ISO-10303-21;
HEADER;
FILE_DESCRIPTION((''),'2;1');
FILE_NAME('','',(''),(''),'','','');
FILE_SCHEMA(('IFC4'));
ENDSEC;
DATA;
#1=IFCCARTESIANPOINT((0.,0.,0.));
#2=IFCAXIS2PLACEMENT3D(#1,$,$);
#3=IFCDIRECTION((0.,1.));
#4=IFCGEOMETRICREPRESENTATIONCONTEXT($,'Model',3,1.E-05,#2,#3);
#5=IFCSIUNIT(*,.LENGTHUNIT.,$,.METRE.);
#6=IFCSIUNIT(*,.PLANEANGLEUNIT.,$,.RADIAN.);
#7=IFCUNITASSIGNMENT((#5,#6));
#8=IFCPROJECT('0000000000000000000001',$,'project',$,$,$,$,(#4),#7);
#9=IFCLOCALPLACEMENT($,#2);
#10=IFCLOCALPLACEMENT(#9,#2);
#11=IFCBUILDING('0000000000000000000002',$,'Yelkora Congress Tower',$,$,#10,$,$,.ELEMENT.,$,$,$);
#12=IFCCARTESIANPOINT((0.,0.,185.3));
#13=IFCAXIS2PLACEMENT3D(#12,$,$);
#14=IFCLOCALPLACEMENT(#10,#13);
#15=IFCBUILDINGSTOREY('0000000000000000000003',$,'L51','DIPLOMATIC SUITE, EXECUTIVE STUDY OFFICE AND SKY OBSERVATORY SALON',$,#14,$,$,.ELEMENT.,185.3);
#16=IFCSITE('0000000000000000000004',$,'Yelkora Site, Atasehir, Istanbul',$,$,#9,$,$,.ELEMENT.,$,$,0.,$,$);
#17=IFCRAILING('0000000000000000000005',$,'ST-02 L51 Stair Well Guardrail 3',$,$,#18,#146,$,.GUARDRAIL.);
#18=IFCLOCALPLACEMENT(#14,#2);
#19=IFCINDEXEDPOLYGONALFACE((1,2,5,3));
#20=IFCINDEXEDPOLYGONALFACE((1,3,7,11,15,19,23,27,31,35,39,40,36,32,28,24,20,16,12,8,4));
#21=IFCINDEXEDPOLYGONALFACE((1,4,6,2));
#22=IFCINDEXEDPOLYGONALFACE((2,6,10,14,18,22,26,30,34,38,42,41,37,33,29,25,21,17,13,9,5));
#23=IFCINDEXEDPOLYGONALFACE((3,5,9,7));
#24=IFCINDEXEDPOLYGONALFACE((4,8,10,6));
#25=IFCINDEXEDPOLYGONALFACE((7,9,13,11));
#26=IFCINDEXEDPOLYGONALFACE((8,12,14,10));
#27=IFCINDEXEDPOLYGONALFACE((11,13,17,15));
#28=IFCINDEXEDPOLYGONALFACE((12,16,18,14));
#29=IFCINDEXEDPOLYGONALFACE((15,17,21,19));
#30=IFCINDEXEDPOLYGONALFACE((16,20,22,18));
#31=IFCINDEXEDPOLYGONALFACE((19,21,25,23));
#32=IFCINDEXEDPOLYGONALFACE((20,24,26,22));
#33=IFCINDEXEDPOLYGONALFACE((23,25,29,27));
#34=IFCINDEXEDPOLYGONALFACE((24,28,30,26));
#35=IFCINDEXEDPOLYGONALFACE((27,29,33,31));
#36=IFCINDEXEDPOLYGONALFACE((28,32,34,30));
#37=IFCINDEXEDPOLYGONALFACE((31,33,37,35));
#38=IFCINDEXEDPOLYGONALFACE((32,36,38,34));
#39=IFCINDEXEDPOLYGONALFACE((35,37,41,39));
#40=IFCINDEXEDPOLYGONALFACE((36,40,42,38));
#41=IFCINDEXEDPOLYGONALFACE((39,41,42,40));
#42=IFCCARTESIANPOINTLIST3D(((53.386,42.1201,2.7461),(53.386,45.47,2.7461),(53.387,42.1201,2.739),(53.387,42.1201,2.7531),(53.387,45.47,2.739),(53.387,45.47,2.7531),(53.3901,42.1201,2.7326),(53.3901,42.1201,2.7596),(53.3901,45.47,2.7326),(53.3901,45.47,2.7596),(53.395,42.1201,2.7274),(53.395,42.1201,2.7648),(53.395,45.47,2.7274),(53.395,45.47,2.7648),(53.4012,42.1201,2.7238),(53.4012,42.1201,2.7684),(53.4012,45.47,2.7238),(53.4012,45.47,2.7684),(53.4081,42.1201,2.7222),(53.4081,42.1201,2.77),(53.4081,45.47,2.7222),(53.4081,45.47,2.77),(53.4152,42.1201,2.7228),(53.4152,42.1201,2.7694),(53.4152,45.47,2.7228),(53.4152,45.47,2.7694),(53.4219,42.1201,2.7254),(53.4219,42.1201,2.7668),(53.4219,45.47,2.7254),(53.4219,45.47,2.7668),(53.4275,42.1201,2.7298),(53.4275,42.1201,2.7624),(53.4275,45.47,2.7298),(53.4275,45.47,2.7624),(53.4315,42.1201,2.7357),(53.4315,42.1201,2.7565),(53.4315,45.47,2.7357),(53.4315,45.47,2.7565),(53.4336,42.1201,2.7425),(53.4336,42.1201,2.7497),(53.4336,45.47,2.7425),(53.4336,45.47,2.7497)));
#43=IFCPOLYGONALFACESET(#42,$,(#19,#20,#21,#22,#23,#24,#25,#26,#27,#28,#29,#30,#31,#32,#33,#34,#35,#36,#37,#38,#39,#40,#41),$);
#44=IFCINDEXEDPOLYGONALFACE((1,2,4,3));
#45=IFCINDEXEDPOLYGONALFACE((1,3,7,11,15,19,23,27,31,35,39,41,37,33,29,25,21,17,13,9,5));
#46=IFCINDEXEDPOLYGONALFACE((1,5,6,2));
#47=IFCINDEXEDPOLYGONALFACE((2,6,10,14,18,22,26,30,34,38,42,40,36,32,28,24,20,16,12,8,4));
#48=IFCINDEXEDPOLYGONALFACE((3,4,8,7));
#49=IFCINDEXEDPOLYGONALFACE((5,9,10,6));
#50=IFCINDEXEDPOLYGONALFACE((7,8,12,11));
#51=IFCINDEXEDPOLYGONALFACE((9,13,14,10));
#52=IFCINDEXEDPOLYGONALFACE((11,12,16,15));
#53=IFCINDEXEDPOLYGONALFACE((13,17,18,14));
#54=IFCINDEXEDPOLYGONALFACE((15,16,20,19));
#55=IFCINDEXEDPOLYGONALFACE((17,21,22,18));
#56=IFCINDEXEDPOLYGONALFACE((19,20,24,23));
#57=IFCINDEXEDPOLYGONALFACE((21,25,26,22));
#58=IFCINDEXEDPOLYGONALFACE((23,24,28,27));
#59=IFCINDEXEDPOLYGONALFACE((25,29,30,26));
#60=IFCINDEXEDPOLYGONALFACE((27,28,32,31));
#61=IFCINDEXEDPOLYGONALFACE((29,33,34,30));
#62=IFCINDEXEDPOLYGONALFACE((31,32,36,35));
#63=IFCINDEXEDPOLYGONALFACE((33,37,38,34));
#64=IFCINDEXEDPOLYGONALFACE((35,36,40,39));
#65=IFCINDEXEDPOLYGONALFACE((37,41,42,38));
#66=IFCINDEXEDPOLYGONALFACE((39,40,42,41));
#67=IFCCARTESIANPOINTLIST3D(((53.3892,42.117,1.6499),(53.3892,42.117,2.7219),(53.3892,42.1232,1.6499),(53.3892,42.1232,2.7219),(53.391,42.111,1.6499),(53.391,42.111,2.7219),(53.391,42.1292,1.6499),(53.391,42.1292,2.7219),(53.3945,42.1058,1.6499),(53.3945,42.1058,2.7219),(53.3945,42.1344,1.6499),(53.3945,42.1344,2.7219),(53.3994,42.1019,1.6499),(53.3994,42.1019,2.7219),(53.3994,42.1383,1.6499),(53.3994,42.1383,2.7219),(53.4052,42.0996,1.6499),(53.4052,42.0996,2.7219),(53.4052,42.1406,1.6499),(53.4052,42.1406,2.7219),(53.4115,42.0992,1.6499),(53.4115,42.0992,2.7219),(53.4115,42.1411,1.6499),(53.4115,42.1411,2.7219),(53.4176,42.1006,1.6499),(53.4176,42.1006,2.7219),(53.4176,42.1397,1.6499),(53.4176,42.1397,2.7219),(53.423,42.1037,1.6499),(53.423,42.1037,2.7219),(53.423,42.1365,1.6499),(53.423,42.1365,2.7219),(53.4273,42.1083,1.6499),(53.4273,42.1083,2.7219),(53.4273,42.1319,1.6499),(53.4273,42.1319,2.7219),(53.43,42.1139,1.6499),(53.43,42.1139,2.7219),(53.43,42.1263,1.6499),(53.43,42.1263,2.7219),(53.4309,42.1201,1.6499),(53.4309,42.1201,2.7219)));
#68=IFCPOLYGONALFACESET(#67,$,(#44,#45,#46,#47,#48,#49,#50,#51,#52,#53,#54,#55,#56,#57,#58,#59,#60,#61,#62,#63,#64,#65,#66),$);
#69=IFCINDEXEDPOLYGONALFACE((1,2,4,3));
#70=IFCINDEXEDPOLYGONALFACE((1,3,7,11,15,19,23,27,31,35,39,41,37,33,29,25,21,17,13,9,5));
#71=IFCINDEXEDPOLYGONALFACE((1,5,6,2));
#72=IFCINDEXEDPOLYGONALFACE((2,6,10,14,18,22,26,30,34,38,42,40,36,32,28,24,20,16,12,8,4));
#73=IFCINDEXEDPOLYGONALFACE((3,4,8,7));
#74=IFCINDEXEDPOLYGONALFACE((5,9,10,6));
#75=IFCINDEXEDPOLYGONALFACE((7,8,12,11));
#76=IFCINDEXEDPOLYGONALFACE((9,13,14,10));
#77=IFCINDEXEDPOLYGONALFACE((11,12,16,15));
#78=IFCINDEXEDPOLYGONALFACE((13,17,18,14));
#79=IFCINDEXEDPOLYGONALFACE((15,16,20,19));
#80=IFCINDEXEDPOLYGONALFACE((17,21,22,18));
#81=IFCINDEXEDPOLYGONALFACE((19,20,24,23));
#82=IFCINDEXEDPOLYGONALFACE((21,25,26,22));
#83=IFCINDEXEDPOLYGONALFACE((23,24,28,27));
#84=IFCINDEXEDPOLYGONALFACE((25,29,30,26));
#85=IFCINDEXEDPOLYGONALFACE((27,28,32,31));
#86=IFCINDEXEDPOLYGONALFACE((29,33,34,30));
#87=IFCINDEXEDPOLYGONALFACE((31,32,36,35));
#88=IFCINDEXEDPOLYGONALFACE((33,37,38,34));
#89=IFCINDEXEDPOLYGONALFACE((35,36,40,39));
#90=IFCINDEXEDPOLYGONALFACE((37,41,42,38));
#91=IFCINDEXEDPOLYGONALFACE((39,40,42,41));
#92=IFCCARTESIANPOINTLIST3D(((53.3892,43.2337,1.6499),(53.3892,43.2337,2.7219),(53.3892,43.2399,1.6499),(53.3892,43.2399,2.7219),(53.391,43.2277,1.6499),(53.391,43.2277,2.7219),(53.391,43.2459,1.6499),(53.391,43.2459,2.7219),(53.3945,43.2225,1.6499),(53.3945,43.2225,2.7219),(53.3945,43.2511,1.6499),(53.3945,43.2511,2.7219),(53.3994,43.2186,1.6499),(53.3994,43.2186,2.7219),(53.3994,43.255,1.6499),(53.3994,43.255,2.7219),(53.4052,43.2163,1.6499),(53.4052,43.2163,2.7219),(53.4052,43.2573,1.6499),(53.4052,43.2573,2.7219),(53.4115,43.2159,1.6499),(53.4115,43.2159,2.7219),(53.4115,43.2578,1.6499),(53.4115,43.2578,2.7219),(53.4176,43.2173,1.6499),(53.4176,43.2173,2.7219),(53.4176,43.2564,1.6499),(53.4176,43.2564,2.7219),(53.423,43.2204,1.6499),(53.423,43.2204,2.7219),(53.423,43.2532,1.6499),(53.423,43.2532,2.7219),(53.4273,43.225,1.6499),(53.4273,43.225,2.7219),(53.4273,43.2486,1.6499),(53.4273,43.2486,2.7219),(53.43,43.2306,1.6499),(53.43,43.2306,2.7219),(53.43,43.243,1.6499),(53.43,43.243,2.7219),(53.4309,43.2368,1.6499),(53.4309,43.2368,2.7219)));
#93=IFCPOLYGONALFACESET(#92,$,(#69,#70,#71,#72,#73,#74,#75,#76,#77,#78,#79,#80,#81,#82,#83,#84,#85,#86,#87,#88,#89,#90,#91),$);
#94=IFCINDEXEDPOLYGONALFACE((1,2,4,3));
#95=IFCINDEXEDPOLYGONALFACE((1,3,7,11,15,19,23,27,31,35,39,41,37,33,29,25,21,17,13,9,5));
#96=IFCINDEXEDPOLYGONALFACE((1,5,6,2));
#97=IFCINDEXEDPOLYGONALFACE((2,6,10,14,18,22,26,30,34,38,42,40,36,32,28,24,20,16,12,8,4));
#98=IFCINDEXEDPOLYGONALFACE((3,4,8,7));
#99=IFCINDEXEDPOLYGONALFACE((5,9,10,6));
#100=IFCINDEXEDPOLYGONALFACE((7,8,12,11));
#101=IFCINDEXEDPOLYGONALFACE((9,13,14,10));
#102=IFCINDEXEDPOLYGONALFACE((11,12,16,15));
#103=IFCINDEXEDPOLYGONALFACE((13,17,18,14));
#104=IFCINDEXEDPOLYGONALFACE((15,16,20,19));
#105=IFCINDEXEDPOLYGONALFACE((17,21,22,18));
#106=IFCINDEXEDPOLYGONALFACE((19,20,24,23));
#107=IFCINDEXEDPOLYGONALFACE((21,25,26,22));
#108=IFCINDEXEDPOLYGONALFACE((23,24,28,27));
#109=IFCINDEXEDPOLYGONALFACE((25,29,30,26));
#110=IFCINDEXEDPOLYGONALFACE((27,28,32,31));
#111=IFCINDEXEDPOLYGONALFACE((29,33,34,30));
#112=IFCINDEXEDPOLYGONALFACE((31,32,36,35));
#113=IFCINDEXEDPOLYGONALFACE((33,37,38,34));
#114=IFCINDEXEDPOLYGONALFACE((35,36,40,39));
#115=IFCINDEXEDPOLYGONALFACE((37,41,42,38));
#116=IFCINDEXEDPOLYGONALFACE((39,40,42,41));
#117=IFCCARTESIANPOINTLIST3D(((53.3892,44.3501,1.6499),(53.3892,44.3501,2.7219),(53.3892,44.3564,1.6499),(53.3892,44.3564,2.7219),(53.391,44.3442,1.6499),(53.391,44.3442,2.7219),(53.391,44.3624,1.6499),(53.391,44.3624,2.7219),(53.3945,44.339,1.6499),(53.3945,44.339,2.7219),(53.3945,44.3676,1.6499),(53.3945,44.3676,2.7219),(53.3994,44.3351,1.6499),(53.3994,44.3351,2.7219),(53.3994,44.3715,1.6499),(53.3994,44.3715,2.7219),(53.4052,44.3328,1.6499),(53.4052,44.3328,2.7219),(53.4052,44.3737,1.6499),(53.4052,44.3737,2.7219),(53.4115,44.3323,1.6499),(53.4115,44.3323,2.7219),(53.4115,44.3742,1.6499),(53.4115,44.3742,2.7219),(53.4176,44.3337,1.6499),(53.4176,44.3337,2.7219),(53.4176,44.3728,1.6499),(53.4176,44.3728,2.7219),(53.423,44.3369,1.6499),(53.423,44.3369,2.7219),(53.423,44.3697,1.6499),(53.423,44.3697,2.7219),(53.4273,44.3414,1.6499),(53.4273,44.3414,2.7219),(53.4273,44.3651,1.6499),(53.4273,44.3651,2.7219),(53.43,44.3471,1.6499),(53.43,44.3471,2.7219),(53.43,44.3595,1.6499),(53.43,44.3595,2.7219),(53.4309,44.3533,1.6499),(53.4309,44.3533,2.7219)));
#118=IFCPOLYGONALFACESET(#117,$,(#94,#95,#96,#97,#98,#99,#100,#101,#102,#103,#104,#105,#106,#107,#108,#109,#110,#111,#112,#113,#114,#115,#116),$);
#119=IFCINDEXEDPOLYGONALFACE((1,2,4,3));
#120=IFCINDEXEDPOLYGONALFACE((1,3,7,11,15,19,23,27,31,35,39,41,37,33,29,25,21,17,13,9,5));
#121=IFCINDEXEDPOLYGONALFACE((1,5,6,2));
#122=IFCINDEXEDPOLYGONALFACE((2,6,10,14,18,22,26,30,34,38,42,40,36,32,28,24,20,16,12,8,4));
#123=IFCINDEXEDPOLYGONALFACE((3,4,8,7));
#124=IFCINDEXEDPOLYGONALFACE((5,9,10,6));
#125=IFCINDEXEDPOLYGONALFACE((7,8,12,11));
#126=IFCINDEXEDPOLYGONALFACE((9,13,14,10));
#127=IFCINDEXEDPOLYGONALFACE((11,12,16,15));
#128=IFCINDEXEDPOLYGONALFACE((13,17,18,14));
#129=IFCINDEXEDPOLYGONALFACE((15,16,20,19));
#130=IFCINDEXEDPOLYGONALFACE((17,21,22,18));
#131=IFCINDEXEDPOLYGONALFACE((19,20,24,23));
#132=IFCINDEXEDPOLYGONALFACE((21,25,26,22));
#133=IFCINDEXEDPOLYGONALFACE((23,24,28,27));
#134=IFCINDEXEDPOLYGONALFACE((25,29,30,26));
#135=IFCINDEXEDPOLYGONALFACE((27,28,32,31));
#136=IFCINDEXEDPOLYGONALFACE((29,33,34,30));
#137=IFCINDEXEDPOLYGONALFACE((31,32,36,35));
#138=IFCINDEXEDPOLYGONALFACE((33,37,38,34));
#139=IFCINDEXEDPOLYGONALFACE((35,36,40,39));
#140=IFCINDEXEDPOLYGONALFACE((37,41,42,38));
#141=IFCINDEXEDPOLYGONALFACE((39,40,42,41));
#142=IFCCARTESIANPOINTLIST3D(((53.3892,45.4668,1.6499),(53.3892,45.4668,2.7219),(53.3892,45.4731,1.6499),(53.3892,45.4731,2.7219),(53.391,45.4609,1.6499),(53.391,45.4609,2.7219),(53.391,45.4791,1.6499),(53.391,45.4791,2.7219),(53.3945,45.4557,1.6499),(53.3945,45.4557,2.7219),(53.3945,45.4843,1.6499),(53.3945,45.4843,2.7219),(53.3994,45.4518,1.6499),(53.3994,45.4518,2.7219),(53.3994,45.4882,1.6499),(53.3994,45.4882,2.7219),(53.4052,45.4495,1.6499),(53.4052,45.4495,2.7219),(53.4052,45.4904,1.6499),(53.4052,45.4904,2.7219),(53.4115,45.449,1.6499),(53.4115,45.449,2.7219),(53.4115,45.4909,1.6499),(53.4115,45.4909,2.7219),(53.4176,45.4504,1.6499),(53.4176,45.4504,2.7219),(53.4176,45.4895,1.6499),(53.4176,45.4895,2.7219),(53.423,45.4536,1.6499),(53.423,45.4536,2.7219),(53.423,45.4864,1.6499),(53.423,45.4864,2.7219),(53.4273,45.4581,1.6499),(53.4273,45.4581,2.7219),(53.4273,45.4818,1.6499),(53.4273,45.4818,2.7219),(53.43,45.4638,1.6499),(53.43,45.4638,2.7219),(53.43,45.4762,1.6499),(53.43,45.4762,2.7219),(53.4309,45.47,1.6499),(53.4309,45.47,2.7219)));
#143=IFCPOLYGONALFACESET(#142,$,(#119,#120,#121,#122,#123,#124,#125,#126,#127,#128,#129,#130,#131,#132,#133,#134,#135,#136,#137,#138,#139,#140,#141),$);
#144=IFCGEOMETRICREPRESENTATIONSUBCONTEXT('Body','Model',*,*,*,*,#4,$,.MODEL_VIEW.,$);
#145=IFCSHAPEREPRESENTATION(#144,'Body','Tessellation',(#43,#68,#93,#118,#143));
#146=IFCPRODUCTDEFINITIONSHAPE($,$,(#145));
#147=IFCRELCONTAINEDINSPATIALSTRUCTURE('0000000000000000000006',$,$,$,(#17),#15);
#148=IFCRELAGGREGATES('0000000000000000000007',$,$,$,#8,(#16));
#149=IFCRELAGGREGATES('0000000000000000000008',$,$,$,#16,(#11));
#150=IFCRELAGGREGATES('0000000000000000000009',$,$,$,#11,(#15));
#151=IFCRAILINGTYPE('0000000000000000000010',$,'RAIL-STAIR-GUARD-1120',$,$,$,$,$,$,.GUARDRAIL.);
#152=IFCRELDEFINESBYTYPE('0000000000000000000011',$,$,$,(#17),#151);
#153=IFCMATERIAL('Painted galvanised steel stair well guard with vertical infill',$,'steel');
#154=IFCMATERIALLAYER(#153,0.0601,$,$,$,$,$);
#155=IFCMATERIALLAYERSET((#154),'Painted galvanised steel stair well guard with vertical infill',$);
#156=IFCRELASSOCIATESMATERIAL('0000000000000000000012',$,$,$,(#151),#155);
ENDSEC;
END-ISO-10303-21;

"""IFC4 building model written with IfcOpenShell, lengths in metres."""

from ifc_helpers import new_model, si_unit, direction, frame, origin, origin_2d, place, context, subcontext, project, spatial, circle, extrude, material, layer, layer_set, type_object, element, save


model = new_model("IFC4")

# Units and contexts
model_context = context("Model", 3, precision=1e-05, world=origin(), true_north=direction((0.0, 1.0)))
body_context = subcontext(model_context, "Body", "Model", "MODEL_VIEW")
ifc_project = project(units=[si_unit("LENGTHUNIT", "METRE"), si_unit("PLANEANGLEUNIT", "RADIAN")], contexts=[model_context])

# Site, building, storey
site_placement = place(None, origin())
site = spatial("IfcSite", under=ifc_project, at=site_placement, Name="Yelkora Site, Atasehir, Istanbul", CompositionType="ELEMENT", RefElevation=0.0)
building_placement = place(site_placement, origin())
building = spatial("IfcBuilding", under=site, at=building_placement, Name="Yelkora Congress Tower", CompositionType="ELEMENT")
storey_placement = place(building_placement, frame((0.0, 0.0, 185.3)))
storey = spatial("IfcBuildingStorey", under=building, at=storey_placement, Name="L51", Description="DIPLOMATIC SUITE, EXECUTIVE STUDY OFFICE AND SKY OBSERVATORY SALON", CompositionType="ELEMENT", Elevation=185.3)

# Railing
ifc_material_1 = material(Name="Painted galvanised steel stair well guard with vertical infill", Category="steel")
ifc_layer_1 = layer(ifc_material_1, 0.0601)
ifc_layer_set_1 = layer_set([ifc_layer_1], Name="Painted galvanised steel stair well guard with vertical infill")
railing_type_1 = type_object("IfcRailingType", Name="RAIL-STAIR-GUARD-1120", PredefinedType="GUARDRAIL", material=ifc_layer_set_1)
for number, where, name in (
    (1, (53.4099, 42.1201, 1.6499), "ST-02 L51 Stair Well Guardrail 3"),
):
    element("IfcRailing", number, at=place(storey_placement, frame(where)), inside=storey, type_object=railing_type_1, Name=name, PredefinedType="GUARDRAIL", context=body_context, shape_type="SweptSolid", body=[
        extrude(circle(Radius=0.0239, at=origin_2d()), frame((0.0, 0.0, 1.0962), z_axis=(0.0, 1.0, 0.0), x_axis=(-1.0, 0.0, 0.0)), (0.0, 0.0, 1.0), 3.3499),
        extrude(circle(Radius=0.021, at=origin_2d()), origin(), (0.0, 0.0, 1.0), 1.072),
        extrude(circle(Radius=0.021, at=origin_2d()), frame((0.0, 1.1167, 0.0)), (0.0, 0.0, 1.0), 1.072),
        extrude(circle(Radius=0.021, at=origin_2d()), frame((0.0, 2.2332, 0.0)), (0.0, 0.0, 1.0), 1.072),
        extrude(circle(Radius=0.021, at=origin_2d()), frame((0.0, 3.3499, 0.0)), (0.0, 0.0, 1.0), 1.072),
    ])

save(model, "model.ifc")
